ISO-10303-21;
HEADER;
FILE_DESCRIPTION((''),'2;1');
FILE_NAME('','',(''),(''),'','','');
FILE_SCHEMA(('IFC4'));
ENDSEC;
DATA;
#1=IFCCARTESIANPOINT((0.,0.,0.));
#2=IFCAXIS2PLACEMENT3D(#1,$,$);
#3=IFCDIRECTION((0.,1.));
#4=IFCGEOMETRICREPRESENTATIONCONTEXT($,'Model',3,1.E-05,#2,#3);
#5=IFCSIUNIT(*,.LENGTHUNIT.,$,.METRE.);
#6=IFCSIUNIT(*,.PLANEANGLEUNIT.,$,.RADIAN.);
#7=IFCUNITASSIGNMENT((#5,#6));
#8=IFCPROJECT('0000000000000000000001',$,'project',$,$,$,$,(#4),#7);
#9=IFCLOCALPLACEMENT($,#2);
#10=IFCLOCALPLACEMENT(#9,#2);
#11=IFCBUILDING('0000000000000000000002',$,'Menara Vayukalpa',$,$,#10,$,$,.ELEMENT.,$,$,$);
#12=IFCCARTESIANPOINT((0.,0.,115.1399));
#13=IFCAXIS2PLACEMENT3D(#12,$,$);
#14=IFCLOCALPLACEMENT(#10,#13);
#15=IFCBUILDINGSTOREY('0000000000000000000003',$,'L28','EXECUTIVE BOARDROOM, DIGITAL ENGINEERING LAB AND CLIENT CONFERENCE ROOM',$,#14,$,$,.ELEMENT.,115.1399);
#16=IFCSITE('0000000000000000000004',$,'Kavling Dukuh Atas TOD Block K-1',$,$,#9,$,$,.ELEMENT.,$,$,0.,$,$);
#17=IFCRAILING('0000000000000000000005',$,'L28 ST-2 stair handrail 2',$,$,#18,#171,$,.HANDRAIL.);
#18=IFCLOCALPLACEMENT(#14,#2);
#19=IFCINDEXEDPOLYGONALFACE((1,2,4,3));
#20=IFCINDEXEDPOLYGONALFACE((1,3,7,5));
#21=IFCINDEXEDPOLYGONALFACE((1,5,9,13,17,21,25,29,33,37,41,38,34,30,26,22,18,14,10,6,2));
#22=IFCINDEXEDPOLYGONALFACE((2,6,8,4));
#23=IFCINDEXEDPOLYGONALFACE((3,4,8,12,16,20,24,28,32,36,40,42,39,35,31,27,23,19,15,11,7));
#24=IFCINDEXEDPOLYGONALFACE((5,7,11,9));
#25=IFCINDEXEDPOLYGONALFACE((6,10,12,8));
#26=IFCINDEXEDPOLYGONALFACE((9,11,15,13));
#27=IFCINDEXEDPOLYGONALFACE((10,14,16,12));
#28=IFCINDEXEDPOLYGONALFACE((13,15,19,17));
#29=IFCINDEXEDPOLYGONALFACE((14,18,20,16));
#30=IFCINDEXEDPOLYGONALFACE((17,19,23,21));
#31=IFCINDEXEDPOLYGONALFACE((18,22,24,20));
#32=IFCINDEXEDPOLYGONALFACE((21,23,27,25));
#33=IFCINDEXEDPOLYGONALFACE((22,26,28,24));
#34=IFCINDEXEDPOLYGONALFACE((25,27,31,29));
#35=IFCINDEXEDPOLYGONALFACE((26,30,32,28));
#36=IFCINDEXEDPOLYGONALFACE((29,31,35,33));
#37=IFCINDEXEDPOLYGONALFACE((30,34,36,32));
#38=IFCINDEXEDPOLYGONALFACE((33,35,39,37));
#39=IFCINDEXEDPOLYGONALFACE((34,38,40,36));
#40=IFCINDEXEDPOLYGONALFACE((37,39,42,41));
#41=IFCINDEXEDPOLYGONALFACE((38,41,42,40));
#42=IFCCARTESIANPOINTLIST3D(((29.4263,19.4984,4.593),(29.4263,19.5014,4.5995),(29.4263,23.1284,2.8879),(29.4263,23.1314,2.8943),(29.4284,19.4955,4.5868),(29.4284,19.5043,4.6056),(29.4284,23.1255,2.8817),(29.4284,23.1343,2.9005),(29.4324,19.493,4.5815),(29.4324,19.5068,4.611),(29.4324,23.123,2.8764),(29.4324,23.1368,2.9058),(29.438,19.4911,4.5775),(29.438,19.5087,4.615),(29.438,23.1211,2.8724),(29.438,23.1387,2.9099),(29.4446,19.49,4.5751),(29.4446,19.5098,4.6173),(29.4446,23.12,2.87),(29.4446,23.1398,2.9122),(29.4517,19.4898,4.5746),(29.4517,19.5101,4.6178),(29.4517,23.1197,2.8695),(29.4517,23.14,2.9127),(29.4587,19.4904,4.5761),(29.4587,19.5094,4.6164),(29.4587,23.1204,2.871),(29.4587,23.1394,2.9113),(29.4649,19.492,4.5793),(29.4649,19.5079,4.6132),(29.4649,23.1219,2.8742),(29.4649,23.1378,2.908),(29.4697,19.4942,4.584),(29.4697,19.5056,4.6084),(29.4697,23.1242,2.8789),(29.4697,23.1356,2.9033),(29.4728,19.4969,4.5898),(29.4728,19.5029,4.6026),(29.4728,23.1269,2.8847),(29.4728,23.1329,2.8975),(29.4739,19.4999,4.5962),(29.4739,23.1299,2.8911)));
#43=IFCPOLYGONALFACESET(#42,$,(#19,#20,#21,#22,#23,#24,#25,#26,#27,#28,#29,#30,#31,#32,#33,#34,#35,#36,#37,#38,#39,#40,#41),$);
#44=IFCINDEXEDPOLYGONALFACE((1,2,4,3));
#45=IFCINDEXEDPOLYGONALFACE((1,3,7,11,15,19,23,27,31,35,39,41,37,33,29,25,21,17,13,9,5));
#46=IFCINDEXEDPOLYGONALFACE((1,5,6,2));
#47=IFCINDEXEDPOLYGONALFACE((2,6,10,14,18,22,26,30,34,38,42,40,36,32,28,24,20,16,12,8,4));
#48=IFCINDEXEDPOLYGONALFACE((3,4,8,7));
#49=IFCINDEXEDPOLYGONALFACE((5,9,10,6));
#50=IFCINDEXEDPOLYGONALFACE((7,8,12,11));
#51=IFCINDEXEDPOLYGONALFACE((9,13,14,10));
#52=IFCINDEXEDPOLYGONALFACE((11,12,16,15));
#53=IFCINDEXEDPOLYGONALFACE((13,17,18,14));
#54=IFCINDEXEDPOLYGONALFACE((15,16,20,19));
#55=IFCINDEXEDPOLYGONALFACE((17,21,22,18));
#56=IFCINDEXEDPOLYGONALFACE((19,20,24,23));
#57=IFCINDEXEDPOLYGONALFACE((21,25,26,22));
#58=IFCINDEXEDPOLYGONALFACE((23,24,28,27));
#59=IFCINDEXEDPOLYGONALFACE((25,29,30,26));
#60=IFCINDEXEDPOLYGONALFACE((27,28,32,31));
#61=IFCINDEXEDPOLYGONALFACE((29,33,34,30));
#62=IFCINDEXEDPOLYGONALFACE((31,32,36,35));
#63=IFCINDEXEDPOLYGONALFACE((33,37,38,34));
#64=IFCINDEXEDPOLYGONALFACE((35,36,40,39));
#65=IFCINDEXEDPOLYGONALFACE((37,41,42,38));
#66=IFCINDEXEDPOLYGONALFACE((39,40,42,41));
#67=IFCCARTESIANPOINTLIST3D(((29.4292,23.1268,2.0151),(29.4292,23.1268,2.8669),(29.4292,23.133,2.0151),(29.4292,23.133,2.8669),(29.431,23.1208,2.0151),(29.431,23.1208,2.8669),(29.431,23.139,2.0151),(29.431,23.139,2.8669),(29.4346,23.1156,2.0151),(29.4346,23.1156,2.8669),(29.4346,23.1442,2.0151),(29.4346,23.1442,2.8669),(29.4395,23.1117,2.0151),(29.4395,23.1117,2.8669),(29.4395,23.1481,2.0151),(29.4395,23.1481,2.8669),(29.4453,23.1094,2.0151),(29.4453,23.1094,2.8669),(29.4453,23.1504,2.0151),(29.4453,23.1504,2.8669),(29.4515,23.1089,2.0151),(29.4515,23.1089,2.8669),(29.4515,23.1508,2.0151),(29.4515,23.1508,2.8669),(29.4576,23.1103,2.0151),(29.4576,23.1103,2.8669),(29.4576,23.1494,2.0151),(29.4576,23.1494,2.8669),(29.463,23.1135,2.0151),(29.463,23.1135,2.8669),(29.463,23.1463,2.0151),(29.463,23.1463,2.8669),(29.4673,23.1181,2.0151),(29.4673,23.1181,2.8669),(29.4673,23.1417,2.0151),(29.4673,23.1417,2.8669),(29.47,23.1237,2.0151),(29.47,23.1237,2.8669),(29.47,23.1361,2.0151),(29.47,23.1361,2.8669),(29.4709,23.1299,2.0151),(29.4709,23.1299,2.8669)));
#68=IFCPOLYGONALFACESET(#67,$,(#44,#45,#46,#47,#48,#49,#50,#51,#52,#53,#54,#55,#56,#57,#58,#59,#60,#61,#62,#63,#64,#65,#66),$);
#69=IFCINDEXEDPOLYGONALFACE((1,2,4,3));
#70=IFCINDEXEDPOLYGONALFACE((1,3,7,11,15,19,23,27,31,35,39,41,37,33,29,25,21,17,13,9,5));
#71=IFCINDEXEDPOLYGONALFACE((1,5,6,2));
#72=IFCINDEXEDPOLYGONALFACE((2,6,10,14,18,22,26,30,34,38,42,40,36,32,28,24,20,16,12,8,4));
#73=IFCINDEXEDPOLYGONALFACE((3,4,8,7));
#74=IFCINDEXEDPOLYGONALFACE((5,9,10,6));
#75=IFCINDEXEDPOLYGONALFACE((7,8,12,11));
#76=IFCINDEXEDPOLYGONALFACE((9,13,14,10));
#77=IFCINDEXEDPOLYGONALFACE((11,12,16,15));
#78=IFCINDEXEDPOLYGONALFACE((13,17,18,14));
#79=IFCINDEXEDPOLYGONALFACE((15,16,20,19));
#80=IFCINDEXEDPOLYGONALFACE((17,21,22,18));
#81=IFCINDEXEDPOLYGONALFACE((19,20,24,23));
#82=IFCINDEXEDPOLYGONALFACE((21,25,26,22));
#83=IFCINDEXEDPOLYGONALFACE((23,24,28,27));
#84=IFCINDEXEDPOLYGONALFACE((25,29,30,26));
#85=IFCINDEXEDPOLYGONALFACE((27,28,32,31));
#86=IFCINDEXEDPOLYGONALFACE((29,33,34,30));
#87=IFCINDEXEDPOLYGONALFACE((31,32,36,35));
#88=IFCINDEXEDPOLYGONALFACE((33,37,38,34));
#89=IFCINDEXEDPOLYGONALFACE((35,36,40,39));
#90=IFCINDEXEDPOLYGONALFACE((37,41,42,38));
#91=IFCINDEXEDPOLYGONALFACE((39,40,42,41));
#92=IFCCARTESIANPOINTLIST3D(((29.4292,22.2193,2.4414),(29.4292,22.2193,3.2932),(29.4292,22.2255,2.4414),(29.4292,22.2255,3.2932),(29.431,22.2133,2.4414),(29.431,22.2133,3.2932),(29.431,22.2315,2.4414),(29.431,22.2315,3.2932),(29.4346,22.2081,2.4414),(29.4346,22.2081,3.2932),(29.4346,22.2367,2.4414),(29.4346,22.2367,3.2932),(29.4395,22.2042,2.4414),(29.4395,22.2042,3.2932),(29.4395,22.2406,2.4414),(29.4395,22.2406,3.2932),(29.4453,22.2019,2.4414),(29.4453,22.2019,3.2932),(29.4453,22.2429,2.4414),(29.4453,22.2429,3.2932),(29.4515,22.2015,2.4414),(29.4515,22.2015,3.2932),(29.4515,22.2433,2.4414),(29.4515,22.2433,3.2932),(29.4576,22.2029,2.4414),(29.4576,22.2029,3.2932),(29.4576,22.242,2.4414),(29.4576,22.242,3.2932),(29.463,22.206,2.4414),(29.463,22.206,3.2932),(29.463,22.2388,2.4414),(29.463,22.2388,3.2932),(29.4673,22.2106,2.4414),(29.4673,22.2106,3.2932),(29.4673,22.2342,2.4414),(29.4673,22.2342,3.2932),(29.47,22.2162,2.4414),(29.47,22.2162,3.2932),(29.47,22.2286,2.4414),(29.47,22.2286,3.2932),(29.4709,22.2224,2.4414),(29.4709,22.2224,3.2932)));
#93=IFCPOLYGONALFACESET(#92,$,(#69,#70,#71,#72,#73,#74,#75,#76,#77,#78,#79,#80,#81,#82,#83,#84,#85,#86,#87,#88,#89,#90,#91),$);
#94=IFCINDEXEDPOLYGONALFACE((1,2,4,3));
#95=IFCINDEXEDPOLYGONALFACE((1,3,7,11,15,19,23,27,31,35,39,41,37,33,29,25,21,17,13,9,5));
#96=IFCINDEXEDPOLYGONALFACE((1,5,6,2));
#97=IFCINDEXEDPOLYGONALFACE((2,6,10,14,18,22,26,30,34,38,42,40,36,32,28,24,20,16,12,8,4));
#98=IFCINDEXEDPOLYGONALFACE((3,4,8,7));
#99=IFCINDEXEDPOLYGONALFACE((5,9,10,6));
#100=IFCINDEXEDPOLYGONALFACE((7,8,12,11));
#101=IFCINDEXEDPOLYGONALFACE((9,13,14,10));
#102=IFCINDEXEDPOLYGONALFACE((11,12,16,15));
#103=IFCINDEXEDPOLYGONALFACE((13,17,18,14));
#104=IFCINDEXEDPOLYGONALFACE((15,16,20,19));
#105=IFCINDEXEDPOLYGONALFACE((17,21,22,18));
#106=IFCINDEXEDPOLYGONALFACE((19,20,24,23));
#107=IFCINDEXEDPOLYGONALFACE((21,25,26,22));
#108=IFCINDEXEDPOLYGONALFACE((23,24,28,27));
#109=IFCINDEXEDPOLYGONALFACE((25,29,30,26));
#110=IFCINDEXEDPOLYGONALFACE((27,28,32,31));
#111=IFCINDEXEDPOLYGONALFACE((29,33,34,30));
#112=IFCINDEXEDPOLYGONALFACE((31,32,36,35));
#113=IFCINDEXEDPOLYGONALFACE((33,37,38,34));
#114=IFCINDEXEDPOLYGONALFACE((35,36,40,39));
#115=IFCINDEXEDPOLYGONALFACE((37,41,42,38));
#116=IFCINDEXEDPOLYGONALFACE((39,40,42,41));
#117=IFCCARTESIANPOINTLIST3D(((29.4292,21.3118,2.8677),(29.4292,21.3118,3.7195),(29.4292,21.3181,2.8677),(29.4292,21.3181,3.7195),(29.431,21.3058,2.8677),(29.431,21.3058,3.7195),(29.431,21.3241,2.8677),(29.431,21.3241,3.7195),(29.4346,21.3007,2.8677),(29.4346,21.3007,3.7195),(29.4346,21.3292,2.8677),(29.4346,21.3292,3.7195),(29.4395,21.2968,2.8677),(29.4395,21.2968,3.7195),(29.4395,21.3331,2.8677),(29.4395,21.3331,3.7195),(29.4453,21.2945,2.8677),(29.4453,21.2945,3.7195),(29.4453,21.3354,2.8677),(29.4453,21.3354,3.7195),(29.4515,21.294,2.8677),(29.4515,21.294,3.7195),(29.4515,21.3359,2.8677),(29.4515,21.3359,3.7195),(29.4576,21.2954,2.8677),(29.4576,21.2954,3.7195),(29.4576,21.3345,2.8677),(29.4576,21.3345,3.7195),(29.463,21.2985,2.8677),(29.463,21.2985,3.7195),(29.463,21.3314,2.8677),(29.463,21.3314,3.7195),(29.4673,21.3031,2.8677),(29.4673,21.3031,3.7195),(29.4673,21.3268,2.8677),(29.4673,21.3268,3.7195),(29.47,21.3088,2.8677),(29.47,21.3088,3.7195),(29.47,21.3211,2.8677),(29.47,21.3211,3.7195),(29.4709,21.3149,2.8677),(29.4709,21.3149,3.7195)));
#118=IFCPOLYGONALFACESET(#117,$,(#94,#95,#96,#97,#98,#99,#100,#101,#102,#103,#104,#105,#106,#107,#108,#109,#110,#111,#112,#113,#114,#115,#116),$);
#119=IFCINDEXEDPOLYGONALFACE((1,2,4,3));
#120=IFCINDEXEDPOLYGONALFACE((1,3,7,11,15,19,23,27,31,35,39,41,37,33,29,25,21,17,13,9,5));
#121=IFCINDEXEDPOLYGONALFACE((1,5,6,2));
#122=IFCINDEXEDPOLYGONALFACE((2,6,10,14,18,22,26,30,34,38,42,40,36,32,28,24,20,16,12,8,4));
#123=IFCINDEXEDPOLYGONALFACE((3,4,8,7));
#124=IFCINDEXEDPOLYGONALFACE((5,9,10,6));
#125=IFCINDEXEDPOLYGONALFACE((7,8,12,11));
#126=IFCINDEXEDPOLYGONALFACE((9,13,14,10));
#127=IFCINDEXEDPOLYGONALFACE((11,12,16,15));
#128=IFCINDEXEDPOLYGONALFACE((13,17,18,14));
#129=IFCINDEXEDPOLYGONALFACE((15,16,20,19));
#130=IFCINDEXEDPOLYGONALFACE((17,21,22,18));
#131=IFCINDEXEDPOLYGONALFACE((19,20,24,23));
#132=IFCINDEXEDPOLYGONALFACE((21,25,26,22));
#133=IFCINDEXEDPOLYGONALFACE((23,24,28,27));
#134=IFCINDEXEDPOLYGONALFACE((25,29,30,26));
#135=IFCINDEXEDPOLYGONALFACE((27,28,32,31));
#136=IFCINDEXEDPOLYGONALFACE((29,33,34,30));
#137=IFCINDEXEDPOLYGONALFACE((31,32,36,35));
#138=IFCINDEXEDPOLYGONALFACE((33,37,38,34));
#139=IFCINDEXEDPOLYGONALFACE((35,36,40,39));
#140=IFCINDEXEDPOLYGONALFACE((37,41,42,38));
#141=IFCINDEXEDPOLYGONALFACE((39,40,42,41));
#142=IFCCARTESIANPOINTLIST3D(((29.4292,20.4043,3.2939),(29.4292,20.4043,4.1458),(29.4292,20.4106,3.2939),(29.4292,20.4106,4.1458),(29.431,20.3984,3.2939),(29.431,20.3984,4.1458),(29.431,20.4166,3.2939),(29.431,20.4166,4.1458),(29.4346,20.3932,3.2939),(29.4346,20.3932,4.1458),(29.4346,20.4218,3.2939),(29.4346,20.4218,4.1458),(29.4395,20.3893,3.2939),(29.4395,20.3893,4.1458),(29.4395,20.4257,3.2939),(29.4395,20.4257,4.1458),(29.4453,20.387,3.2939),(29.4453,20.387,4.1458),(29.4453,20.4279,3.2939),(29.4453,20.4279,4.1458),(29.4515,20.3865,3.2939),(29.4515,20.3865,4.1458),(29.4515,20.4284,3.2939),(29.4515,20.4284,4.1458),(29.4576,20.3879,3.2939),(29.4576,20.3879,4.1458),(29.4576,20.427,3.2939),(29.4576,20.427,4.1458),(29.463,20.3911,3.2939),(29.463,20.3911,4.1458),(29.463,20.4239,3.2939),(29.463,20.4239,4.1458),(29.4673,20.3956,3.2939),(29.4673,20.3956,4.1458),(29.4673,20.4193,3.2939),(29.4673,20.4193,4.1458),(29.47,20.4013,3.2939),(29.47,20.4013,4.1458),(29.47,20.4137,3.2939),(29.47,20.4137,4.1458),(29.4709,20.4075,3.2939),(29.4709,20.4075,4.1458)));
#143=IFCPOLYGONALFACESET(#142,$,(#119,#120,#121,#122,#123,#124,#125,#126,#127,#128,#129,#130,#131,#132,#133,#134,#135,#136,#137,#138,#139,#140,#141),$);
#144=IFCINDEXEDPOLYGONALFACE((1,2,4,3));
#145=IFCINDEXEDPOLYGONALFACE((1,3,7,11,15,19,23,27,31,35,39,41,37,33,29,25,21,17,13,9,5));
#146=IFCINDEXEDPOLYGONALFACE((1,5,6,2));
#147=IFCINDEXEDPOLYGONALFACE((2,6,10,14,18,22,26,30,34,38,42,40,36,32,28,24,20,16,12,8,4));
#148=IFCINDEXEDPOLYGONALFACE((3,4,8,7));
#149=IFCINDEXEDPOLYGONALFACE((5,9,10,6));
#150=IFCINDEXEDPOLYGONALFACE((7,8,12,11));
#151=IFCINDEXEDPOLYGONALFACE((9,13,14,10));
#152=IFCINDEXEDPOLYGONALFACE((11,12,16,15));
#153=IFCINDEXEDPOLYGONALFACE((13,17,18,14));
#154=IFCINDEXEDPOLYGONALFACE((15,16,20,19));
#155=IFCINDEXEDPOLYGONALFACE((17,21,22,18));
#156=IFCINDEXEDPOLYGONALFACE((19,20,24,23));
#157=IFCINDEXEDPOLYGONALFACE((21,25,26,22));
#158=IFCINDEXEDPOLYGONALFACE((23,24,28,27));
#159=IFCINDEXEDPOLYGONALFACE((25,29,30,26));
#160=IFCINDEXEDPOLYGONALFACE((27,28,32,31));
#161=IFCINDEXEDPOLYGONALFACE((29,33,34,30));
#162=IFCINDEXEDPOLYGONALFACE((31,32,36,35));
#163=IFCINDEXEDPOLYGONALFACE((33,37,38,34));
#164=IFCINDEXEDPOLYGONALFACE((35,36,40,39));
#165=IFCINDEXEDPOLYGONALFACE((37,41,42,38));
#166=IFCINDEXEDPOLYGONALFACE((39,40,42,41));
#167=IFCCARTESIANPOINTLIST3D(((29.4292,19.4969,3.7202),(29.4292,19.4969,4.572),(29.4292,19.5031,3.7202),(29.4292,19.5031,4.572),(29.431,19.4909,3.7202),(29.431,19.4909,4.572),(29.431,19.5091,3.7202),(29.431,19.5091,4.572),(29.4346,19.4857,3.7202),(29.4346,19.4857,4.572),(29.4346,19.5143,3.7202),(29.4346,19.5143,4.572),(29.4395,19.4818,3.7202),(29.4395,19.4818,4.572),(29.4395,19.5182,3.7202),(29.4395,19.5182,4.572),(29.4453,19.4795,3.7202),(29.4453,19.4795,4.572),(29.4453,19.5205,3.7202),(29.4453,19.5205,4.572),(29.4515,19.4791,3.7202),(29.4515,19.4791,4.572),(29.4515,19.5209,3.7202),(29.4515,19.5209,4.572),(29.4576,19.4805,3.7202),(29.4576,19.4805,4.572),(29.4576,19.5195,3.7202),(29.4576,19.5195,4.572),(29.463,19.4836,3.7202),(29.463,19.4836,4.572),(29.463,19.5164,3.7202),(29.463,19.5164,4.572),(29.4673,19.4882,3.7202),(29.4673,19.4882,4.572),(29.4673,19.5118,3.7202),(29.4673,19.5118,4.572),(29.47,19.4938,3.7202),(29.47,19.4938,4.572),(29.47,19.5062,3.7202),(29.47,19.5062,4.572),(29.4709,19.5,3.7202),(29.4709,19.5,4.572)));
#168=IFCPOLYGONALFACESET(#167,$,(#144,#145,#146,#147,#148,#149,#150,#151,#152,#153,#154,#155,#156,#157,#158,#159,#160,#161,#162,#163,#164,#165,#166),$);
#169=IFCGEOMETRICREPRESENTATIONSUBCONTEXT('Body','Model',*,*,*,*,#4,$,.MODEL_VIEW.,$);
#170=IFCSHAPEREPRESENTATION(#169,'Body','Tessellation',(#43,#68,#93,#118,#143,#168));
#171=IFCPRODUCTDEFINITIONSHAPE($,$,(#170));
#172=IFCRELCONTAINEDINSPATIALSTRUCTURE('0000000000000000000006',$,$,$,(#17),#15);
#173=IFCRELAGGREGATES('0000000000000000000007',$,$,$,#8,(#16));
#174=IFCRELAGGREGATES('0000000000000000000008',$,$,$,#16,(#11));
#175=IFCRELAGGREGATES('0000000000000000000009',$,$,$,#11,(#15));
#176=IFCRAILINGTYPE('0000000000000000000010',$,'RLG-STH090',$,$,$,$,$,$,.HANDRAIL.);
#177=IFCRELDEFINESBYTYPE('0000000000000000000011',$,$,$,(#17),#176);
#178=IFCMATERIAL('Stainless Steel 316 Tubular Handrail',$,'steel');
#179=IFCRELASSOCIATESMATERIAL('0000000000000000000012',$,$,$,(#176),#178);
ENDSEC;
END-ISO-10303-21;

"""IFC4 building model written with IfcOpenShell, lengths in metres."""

from ifc_helpers import new_model, si_unit, direction, frame, origin, origin_2d, place, context, subcontext, project, spatial, circle, extrude, material, type_object, element, save


model = new_model("IFC4")

# Units and contexts
model_context = context("Model", 3, precision=1e-05, world=origin(), true_north=direction((0.0, 1.0)))
body_context = subcontext(model_context, "Body", "Model", "MODEL_VIEW")
ifc_project = project(units=[si_unit("LENGTHUNIT", "METRE"), si_unit("PLANEANGLEUNIT", "RADIAN")], contexts=[model_context])

# Site, building, storey
site_placement = place(None, origin())
site = spatial("IfcSite", under=ifc_project, at=site_placement, Name="Kavling Dukuh Atas TOD Block K-1", CompositionType="ELEMENT", RefElevation=0.0)
building_placement = place(site_placement, origin())
building = spatial("IfcBuilding", under=site, at=building_placement, Name="Menara Vayukalpa", CompositionType="ELEMENT")
storey_placement = place(building_placement, frame((0.0, 0.0, 115.1399)))
storey = spatial("IfcBuildingStorey", under=building, at=storey_placement, Name="L28", Description="EXECUTIVE BOARDROOM, DIGITAL ENGINEERING LAB AND CLIENT CONFERENCE ROOM", CompositionType="ELEMENT", Elevation=115.1399)

# Railing
ifc_material_1 = material(Name="Stainless Steel 316 Tubular Handrail", Category="steel")
railing_type_1 = type_object("IfcRailingType", Name="RLG-STH090", PredefinedType="HANDRAIL", material=ifc_material_1)
railing_1_placement = place(storey_placement, frame((29.45, 23.1299, 2.0151)))
element("IfcRailing", 1, at=railing_1_placement, inside=storey, type_object=railing_type_1, Name="L28 ST-2 stair handrail 2", PredefinedType="HANDRAIL", context=body_context, shape_type="SweptSolid", body=[
    extrude(circle(Radius=0.0239, at=origin_2d()), frame((0.0, 0.0, 0.876), z_axis=(0.0, -0.905116, 0.425164), x_axis=(1.0, 0.0, 0.0)), (0.0, 0.0, 1.0), 4.0105),
    extrude(circle(Radius=0.021, at=origin_2d()), origin(), (0.0, 0.0, 1.0), 0.8518),
    extrude(circle(Radius=0.021, at=origin_2d()), frame((0.0, -0.9075, 0.4263)), (0.0, 0.0, 1.0), 0.8518),
    extrude(circle(Radius=0.021, at=origin_2d()), frame((0.0, -1.8149, 0.8525)), (0.0, 0.0, 1.0), 0.8518),
    extrude(circle(Radius=0.021, at=origin_2d()), frame((0.0, -2.7224, 1.2788)), (0.0, 0.0, 1.0), 0.8518),
    extrude(circle(Radius=0.021, at=origin_2d()), frame((0.0, -3.6299, 1.7051)), (0.0, 0.0, 1.0), 0.8518),
])

save(model, "model.ifc")
